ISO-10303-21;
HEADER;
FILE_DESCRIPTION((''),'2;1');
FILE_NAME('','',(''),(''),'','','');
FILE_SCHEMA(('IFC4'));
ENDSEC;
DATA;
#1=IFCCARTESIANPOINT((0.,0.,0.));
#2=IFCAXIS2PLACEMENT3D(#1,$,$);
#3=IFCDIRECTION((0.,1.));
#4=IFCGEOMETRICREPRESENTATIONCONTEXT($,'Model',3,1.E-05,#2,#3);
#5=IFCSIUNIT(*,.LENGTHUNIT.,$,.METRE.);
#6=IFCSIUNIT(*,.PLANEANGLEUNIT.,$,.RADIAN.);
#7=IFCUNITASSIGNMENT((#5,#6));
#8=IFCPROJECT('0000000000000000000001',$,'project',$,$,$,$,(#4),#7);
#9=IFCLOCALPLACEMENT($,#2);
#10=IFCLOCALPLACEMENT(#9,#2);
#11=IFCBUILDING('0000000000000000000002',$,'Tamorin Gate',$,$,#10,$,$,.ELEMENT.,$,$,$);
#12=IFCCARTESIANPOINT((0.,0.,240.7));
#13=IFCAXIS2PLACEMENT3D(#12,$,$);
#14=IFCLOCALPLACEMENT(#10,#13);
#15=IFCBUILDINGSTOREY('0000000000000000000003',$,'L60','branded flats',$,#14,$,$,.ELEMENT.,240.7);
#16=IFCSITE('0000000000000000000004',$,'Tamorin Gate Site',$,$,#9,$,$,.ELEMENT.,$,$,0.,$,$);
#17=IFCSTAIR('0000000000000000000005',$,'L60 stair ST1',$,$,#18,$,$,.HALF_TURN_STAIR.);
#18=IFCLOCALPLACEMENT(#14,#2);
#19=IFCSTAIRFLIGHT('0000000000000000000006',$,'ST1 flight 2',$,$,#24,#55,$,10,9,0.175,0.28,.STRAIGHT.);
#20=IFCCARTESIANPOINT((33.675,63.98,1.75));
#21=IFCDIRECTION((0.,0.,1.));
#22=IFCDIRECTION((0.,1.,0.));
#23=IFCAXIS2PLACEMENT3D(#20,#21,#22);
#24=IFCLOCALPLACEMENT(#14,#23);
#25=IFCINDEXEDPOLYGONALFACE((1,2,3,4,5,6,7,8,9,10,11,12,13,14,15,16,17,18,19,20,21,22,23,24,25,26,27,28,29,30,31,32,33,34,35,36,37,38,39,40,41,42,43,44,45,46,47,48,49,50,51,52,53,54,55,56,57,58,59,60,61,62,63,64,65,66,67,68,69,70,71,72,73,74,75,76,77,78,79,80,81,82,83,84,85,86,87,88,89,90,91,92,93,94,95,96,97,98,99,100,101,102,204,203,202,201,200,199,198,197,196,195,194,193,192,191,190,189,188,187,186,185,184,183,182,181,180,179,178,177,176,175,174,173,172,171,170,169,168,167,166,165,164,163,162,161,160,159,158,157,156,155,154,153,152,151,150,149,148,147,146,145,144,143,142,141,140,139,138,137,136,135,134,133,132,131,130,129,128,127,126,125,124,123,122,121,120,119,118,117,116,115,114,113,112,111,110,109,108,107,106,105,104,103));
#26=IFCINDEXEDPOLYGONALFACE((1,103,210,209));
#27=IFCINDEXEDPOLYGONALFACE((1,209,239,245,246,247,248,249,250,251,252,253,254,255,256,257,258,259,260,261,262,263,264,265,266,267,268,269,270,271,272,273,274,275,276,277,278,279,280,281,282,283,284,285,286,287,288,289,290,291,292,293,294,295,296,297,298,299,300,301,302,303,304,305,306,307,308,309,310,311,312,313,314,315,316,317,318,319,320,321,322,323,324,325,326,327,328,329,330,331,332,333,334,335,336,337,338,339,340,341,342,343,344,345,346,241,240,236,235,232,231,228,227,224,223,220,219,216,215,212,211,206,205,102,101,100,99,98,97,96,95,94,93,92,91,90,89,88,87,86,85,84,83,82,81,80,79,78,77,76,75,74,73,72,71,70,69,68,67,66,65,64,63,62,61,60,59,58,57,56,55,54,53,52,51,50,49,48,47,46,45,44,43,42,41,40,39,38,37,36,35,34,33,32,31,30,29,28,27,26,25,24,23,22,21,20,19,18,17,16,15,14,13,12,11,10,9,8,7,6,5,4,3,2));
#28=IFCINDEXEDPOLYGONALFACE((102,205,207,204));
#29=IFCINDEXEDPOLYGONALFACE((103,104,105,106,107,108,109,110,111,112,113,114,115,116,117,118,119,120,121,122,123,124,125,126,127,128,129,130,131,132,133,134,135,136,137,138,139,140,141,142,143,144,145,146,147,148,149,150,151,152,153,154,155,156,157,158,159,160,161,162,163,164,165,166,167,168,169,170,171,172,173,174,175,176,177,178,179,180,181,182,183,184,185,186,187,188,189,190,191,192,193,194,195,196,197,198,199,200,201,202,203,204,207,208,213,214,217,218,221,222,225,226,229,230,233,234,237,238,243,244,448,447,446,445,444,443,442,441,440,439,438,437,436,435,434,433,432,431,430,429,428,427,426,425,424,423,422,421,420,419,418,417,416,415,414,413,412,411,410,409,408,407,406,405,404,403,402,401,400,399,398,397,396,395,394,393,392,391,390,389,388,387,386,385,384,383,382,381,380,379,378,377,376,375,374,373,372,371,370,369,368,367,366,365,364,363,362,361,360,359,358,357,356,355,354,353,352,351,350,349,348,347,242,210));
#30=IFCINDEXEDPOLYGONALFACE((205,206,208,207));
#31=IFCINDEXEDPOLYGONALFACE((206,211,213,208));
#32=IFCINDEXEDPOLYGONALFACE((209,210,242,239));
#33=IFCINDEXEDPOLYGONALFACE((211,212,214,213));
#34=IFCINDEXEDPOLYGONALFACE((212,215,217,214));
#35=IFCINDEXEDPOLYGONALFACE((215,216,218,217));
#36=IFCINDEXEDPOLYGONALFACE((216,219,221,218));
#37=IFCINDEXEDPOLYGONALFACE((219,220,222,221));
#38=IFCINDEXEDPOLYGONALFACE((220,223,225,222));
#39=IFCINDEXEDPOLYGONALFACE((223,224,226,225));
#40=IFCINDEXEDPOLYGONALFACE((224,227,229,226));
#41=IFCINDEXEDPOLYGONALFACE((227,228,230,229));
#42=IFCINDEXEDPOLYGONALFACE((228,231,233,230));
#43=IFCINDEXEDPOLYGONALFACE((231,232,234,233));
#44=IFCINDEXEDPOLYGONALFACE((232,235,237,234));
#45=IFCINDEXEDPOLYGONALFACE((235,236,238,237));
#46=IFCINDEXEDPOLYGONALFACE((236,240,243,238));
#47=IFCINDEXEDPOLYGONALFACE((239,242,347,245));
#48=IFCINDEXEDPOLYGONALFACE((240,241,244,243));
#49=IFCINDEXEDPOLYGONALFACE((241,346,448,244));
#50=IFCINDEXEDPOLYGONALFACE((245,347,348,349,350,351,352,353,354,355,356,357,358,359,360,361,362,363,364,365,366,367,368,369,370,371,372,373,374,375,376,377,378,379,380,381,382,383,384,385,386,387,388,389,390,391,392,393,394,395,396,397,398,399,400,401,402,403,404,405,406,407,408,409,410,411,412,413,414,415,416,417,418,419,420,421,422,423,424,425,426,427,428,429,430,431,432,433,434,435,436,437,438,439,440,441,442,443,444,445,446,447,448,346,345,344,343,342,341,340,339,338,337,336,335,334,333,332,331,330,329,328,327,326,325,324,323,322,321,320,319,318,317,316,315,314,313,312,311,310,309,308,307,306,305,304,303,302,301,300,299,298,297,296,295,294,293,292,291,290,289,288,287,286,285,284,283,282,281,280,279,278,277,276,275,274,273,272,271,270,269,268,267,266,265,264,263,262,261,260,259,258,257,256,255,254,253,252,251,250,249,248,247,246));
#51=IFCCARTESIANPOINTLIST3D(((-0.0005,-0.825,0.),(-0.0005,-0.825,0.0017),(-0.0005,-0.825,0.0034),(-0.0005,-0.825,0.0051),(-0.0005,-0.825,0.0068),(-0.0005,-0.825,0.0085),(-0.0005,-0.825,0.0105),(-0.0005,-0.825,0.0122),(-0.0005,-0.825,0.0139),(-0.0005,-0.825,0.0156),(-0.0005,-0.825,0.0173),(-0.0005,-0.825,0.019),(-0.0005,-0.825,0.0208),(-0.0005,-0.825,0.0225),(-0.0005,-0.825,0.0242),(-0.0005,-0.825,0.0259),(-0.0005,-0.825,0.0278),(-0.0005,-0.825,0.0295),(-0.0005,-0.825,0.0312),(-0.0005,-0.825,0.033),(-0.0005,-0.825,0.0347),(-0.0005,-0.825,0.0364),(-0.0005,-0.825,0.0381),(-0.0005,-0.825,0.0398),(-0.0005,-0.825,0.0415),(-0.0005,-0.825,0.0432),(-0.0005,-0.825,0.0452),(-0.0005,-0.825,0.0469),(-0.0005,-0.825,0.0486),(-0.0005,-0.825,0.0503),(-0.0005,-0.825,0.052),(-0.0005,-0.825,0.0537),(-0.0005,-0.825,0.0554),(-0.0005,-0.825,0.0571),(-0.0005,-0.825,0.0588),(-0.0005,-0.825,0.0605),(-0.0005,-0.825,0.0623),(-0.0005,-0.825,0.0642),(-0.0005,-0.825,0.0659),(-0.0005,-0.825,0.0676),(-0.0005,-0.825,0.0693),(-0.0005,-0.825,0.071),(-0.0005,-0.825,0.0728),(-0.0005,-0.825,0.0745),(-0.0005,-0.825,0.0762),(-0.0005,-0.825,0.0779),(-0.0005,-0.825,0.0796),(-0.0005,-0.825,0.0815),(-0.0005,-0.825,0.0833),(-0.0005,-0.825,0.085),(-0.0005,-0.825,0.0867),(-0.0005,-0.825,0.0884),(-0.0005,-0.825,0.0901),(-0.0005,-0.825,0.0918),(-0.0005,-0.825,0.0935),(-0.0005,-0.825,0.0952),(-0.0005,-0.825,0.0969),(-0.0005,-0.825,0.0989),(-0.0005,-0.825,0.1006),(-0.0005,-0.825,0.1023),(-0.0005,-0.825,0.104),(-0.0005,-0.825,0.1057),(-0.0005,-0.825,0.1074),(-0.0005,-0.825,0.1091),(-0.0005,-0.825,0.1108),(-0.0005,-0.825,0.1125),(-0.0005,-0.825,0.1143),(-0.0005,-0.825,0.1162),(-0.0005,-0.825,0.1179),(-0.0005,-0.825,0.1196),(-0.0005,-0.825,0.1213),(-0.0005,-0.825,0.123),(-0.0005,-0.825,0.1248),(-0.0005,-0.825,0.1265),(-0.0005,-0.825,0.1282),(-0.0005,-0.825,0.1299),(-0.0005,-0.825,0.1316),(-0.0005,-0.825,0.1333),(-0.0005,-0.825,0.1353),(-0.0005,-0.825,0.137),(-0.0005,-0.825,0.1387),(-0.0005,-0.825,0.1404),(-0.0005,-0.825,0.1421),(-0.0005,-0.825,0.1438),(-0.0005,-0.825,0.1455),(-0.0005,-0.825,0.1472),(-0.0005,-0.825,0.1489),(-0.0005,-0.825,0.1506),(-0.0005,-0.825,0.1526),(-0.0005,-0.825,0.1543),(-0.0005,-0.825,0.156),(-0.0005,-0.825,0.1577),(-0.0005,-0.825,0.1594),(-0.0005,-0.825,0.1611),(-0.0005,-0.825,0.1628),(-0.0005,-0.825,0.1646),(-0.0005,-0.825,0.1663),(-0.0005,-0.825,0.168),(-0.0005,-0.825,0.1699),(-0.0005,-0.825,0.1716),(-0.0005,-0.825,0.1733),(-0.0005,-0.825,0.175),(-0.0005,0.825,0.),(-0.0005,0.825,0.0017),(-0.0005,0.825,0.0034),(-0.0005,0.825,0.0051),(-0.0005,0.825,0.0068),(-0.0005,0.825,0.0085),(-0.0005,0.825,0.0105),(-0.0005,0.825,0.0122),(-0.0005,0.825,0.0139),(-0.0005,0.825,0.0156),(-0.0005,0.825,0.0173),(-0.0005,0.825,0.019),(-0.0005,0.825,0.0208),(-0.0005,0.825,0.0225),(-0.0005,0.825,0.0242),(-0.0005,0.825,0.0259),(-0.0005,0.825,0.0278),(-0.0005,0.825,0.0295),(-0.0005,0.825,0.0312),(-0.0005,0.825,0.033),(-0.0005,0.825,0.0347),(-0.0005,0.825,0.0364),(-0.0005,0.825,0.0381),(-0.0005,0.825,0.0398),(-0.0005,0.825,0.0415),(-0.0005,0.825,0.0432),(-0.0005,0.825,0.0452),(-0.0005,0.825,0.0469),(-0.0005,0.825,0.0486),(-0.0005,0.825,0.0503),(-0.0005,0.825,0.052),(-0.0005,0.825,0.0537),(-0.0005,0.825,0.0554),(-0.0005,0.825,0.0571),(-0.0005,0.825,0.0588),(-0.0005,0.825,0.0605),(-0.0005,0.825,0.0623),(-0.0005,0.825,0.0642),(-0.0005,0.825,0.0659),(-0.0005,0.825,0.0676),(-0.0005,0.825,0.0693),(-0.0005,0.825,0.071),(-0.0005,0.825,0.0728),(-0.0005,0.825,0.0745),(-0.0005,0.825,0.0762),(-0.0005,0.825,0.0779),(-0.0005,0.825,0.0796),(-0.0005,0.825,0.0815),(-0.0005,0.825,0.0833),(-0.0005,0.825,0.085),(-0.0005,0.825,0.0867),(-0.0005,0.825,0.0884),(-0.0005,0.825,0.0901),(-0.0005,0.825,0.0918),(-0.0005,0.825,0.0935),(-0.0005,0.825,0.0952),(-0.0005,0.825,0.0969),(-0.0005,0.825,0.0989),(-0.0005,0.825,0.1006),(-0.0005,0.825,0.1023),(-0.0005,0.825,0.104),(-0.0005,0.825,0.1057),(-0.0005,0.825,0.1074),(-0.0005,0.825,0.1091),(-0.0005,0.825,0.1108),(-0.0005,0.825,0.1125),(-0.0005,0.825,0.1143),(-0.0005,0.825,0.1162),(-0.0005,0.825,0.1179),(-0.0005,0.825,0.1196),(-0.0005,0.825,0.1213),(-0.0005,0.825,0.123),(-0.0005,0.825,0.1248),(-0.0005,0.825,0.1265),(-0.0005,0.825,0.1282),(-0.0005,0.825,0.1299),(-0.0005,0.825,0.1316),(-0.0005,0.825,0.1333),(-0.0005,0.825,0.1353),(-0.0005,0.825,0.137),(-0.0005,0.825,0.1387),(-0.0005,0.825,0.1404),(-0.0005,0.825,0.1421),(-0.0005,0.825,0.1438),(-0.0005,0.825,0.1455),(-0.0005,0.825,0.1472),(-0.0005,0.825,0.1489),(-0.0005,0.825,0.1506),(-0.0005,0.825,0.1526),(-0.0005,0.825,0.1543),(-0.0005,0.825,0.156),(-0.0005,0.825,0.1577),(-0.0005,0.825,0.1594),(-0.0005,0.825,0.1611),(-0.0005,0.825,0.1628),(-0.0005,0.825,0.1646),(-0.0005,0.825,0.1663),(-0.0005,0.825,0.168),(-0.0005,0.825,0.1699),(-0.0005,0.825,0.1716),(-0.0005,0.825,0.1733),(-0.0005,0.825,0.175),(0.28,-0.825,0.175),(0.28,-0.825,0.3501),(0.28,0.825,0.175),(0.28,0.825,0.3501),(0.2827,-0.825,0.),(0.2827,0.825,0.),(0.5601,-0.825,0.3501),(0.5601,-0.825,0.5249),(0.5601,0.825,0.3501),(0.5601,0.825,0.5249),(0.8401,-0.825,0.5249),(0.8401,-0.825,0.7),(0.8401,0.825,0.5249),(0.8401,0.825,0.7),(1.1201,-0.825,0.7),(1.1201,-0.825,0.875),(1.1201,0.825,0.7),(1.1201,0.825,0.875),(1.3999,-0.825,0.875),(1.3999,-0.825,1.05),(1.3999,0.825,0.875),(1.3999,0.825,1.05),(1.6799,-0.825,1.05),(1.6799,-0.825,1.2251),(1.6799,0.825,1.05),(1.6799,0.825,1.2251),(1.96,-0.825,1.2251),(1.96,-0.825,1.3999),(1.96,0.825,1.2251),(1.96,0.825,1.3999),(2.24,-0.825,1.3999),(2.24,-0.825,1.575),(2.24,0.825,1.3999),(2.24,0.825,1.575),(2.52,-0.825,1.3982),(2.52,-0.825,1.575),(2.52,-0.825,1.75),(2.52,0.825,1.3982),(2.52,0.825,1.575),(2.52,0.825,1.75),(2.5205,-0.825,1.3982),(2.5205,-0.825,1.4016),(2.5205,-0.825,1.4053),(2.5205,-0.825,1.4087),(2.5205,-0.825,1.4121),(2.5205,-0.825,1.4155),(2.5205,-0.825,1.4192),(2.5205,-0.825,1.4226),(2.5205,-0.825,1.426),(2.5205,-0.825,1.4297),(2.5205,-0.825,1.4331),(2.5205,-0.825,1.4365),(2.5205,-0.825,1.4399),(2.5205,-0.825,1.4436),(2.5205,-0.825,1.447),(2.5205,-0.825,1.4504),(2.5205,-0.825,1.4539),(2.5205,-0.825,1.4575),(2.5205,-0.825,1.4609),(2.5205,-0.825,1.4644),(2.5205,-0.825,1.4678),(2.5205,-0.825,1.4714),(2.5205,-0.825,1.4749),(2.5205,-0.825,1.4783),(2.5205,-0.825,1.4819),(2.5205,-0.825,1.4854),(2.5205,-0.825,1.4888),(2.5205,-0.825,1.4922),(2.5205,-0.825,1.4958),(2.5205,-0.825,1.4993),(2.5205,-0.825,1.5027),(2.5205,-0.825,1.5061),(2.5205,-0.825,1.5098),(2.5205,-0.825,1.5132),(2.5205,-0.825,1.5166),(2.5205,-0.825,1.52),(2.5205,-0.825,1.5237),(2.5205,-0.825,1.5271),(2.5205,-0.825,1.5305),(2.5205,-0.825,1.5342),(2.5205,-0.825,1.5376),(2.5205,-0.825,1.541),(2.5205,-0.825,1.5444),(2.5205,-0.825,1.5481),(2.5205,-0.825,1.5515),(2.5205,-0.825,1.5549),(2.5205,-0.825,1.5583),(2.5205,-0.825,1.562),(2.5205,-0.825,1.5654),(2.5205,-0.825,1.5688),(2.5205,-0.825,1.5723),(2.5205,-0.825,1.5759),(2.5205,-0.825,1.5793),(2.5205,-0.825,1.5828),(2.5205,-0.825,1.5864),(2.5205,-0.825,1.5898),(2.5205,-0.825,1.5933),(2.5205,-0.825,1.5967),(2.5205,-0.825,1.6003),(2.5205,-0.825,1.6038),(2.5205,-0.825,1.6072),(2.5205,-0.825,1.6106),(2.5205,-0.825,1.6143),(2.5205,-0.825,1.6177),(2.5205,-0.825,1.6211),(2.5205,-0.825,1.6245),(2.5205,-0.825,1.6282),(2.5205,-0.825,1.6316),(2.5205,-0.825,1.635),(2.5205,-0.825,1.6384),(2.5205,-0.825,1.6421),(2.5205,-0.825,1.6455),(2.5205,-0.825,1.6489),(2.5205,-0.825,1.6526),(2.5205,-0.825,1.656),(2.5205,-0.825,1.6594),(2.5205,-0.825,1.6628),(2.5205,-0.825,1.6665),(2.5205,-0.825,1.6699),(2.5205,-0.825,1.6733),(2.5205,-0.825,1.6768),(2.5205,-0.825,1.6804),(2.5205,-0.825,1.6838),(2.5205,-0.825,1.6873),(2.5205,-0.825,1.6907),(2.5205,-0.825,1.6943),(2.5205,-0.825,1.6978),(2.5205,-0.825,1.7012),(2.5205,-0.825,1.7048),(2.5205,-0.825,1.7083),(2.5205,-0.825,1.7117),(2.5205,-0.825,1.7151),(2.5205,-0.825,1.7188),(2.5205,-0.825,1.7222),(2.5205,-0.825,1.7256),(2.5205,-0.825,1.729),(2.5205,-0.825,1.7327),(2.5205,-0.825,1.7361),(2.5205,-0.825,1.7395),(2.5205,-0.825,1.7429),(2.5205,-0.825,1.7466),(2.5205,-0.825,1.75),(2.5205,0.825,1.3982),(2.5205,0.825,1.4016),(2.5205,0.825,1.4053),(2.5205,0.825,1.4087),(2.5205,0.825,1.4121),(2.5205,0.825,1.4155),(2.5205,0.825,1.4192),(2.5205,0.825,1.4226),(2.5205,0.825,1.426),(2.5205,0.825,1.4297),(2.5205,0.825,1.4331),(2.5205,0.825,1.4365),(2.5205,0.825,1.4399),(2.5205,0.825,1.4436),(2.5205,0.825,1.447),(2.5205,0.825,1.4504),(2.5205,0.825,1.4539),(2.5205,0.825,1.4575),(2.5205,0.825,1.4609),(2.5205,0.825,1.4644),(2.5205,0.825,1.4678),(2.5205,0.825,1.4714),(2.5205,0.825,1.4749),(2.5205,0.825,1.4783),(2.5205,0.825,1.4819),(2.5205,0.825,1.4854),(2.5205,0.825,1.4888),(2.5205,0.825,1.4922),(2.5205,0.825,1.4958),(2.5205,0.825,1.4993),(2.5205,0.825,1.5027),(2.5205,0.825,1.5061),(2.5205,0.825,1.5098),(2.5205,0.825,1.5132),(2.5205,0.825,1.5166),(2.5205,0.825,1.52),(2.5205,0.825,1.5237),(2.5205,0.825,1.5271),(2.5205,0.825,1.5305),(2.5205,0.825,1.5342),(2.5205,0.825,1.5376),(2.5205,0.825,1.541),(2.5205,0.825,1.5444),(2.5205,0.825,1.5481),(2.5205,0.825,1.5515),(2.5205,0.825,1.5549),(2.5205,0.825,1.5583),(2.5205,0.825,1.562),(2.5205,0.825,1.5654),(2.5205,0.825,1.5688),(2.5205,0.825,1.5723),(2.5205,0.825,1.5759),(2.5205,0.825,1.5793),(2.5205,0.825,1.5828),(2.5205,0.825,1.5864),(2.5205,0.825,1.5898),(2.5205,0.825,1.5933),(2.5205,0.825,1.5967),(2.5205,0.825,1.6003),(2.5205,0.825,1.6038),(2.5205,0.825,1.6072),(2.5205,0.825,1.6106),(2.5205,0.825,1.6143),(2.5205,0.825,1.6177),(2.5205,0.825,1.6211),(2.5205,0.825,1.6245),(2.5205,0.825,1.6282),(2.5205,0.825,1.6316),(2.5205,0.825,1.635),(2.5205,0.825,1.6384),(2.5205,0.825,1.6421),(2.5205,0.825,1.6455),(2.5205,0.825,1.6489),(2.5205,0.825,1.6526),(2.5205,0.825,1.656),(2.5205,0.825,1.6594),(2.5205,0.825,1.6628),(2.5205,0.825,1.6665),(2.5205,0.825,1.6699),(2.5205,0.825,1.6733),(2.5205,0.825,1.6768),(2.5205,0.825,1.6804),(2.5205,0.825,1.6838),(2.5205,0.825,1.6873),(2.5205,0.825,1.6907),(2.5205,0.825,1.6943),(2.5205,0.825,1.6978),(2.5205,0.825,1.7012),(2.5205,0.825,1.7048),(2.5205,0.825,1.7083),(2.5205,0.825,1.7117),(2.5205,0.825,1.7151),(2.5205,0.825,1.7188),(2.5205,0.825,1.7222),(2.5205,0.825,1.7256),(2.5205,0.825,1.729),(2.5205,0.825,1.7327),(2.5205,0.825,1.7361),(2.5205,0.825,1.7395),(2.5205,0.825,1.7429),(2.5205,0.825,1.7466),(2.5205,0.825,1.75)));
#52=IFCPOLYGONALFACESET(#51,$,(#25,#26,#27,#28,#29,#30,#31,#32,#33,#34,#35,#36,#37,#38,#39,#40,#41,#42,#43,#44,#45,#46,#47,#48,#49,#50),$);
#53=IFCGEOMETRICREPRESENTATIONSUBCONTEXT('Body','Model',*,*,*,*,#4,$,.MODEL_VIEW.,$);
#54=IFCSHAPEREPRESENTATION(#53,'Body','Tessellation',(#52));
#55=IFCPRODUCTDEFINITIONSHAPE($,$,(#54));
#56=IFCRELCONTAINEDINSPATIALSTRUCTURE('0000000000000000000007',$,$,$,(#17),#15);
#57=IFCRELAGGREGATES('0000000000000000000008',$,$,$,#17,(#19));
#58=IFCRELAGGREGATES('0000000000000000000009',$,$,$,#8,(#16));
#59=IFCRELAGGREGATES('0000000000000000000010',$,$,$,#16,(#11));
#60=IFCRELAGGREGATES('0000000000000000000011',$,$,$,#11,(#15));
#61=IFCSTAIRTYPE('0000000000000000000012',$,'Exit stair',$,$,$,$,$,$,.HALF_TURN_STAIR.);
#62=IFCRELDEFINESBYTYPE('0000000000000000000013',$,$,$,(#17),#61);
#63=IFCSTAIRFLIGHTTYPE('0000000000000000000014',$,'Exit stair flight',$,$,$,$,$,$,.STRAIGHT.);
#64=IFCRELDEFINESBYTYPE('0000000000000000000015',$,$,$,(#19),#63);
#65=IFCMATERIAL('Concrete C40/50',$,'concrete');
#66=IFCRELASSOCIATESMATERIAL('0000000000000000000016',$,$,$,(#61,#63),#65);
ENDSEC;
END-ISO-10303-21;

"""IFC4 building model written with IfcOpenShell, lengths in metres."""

from ifc_helpers import new_model, si_unit, direction, frame, origin, place, context, subcontext, project, spatial, polyline, outline, extrude, material, type_object, element, aggregate, save


model = new_model("IFC4")

# Units and contexts
model_context = context("Model", 3, precision=1e-05, world=origin(), true_north=direction((0.0, 1.0)))
body_context = subcontext(model_context, "Body", "Model", "MODEL_VIEW")
ifc_project = project(units=[si_unit("LENGTHUNIT", "METRE"), si_unit("PLANEANGLEUNIT", "RADIAN")], contexts=[model_context])

# Site, building, storey
site_placement = place(None, origin())
site = spatial("IfcSite", under=ifc_project, at=site_placement, Name="Tamorin Gate Site", CompositionType="ELEMENT", RefElevation=0.0)
building_placement = place(site_placement, origin())
building = spatial("IfcBuilding", under=site, at=building_placement, Name="Tamorin Gate", CompositionType="ELEMENT")
storey_placement = place(building_placement, frame((0.0, 0.0, 240.7)))
storey = spatial("IfcBuildingStorey", under=building, at=storey_placement, Name="L60", Description="branded flats", CompositionType="ELEMENT", Elevation=240.7)

# Shared definitions
ifc_material_1 = material(Name="Concrete C40/50", Category="concrete")

# Stair, stair flight
stair_type = type_object("IfcStairType", Name="Exit stair", PredefinedType="HALF_TURN_STAIR", material=ifc_material_1)
stair_1_placement = place(storey_placement, origin())
stair_1 = element("IfcStair", 1, at=stair_1_placement, inside=storey, type_object=stair_type, Name="L60 stair ST1", PredefinedType="HALF_TURN_STAIR")
stair_flight_type = type_object("IfcStairFlightType", Name="Exit stair flight", PredefinedType="STRAIGHT", material=ifc_material_1)
stair_flight_1_placement = place(storey_placement, frame((33.675, 63.98, 1.75), z_axis=(0.0, 0.0, 1.0), x_axis=(0.0, 1.0, 0.0)))
stair_flight_1 = element("IfcStairFlight", 2, at=stair_flight_1_placement, type_object=stair_flight_type, Name="ST1 flight 2", NumberOfRisers=10, NumberOfTreads=9, PredefinedType="STRAIGHT", RiserHeight=0.175, TreadLength=0.28, context=body_context, shape_type="SweptSolid", body=[
    extrude(outline(polyline([(-0.0005, 0.0), (-0.0005, 0.0017), (-0.0005, 0.0034), (-0.0005, 0.0051), (-0.0005, 0.0068), (-0.0005, 0.0085), (-0.0005, 0.0105), (-0.0005, 0.0122), (-0.0005, 0.0139), (-0.0005, 0.0156), (-0.0005, 0.0173), (-0.0005, 0.019), (-0.0005, 0.0208), (-0.0005, 0.0225), (-0.0005, 0.0242), (-0.0005, 0.0259), (-0.0005, 0.0278), (-0.0005, 0.0295), (-0.0005, 0.0312), (-0.0005, 0.033), (-0.0005, 0.0347), (-0.0005, 0.0364), (-0.0005, 0.0381), (-0.0005, 0.0398), (-0.0005, 0.0415), (-0.0005, 0.0432), (-0.0005, 0.0452), (-0.0005, 0.0469), (-0.0005, 0.0486), (-0.0005, 0.0503), (-0.0005, 0.052), (-0.0005, 0.0537), (-0.0005, 0.0554), (-0.0005, 0.0571), (-0.0005, 0.0588), (-0.0005, 0.0605), (-0.0005, 0.0623), (-0.0005, 0.0642), (-0.0005, 0.0659), (-0.0005, 0.0676), (-0.0005, 0.0693), (-0.0005, 0.071), (-0.0005, 0.0728), (-0.0005, 0.0745), (-0.0005, 0.0762), (-0.0005, 0.0779), (-0.0005, 0.0796), (-0.0005, 0.0815), (-0.0005, 0.0833), (-0.0005, 0.085), (-0.0005, 0.0867), (-0.0005, 0.0884), (-0.0005, 0.0901), (-0.0005, 0.0918), (-0.0005, 0.0935), (-0.0005, 0.0952), (-0.0005, 0.0969), (-0.0005, 0.0989), (-0.0005, 0.1006), (-0.0005, 0.1023), (-0.0005, 0.104), (-0.0005, 0.1057), (-0.0005, 0.1074), (-0.0005, 0.1091), (-0.0005, 0.1108), (-0.0005, 0.1125), (-0.0005, 0.1143), (-0.0005, 0.1162), (-0.0005, 0.1179), (-0.0005, 0.1196), (-0.0005, 0.1213), (-0.0005, 0.123), (-0.0005, 0.1248), (-0.0005, 0.1265), (-0.0005, 0.1282), (-0.0005, 0.1299), (-0.0005, 0.1316), (-0.0005, 0.1333), (-0.0005, 0.1353), (-0.0005, 0.137), (-0.0005, 0.1387), (-0.0005, 0.1404), (-0.0005, 0.1421), (-0.0005, 0.1438), (-0.0005, 0.1455), (-0.0005, 0.1472), (-0.0005, 0.1489), (-0.0005, 0.1506), (-0.0005, 0.1526), (-0.0005, 0.1543), (-0.0005, 0.156), (-0.0005, 0.1577), (-0.0005, 0.1594), (-0.0005, 0.1611), (-0.0005, 0.1628), (-0.0005, 0.1646), (-0.0005, 0.1663), (-0.0005, 0.168), (-0.0005, 0.1699), (-0.0005, 0.1716), (-0.0005, 0.1733), (-0.0005, 0.175), (0.28, 0.175), (0.28, 0.3501), (0.5601, 0.3501), (0.5601, 0.5249), (0.8401, 0.5249), (0.8401, 0.7), (1.1201, 0.7), (1.1201, 0.875), (1.3999, 0.875), (1.3999, 1.05), (1.6799, 1.05), (1.6799, 1.2251), (1.96, 1.2251), (1.96, 1.3999), (2.24, 1.3999), (2.24, 1.575), (2.52, 1.575), (2.52, 1.75), (2.5205, 1.75), (2.5205, 1.7466), (2.5205, 1.7429), (2.5205, 1.7395), (2.5205, 1.7361), (2.5205, 1.7327), (2.5205, 1.729), (2.5205, 1.7256), (2.5205, 1.7222), (2.5205, 1.7188), (2.5205, 1.7151), (2.5205, 1.7117), (2.5205, 1.7083), (2.5205, 1.7048), (2.5205, 1.7012), (2.5205, 1.6978), (2.5205, 1.6943), (2.5205, 1.6907), (2.5205, 1.6873), (2.5205, 1.6838), (2.5205, 1.6804), (2.5205, 1.6768), (2.5205, 1.6733), (2.5205, 1.6699), (2.5205, 1.6665), (2.5205, 1.6628), (2.5205, 1.6594), (2.5205, 1.656), (2.5205, 1.6526), (2.5205, 1.6489), (2.5205, 1.6455), (2.5205, 1.6421), (2.5205, 1.6384), (2.5205, 1.635), (2.5205, 1.6316), (2.5205, 1.6282), (2.5205, 1.6245), (2.5205, 1.6211), (2.5205, 1.6177), (2.5205, 1.6143), (2.5205, 1.6106), (2.5205, 1.6072), (2.5205, 1.6038), (2.5205, 1.6003), (2.5205, 1.5967), (2.5205, 1.5933), (2.5205, 1.5898), (2.5205, 1.5864), (2.5205, 1.5828), (2.5205, 1.5793), (2.5205, 1.5759), (2.5205, 1.5723), (2.5205, 1.5688), (2.5205, 1.5654), (2.5205, 1.562), (2.5205, 1.5583), (2.5205, 1.5549), (2.5205, 1.5515), (2.5205, 1.5481), (2.5205, 1.5444), (2.5205, 1.541), (2.5205, 1.5376), (2.5205, 1.5342), (2.5205, 1.5305), (2.5205, 1.5271), (2.5205, 1.5237), (2.5205, 1.52), (2.5205, 1.5166), (2.5205, 1.5132), (2.5205, 1.5098), (2.5205, 1.5061), (2.5205, 1.5027), (2.5205, 1.4993), (2.5205, 1.4958), (2.5205, 1.4922), (2.5205, 1.4888), (2.5205, 1.4854), (2.5205, 1.4819), (2.5205, 1.4783), (2.5205, 1.4749), (2.5205, 1.4714), (2.5205, 1.4678), (2.5205, 1.4644), (2.5205, 1.4609), (2.5205, 1.4575), (2.5205, 1.4539), (2.5205, 1.4504), (2.5205, 1.447), (2.5205, 1.4436), (2.5205, 1.4399), (2.5205, 1.4365), (2.5205, 1.4331), (2.5205, 1.4297), (2.5205, 1.426), (2.5205, 1.4226), (2.5205, 1.4192), (2.5205, 1.4155), (2.5205, 1.4121), (2.5205, 1.4087), (2.5205, 1.4053), (2.5205, 1.4016), (2.5205, 1.3982), (2.52, 1.3982), (0.2827, 0.0), (-0.0005, 0.0)])), frame((0.0, 0.825, 0.0), z_axis=(0.0, -1.0, 0.0), x_axis=(1.0, 0.0, 0.0)), (0.0, 0.0, 1.0), 1.6499),
])
aggregate(stair_1, [stair_flight_1])

save(model, "model.ifc")
